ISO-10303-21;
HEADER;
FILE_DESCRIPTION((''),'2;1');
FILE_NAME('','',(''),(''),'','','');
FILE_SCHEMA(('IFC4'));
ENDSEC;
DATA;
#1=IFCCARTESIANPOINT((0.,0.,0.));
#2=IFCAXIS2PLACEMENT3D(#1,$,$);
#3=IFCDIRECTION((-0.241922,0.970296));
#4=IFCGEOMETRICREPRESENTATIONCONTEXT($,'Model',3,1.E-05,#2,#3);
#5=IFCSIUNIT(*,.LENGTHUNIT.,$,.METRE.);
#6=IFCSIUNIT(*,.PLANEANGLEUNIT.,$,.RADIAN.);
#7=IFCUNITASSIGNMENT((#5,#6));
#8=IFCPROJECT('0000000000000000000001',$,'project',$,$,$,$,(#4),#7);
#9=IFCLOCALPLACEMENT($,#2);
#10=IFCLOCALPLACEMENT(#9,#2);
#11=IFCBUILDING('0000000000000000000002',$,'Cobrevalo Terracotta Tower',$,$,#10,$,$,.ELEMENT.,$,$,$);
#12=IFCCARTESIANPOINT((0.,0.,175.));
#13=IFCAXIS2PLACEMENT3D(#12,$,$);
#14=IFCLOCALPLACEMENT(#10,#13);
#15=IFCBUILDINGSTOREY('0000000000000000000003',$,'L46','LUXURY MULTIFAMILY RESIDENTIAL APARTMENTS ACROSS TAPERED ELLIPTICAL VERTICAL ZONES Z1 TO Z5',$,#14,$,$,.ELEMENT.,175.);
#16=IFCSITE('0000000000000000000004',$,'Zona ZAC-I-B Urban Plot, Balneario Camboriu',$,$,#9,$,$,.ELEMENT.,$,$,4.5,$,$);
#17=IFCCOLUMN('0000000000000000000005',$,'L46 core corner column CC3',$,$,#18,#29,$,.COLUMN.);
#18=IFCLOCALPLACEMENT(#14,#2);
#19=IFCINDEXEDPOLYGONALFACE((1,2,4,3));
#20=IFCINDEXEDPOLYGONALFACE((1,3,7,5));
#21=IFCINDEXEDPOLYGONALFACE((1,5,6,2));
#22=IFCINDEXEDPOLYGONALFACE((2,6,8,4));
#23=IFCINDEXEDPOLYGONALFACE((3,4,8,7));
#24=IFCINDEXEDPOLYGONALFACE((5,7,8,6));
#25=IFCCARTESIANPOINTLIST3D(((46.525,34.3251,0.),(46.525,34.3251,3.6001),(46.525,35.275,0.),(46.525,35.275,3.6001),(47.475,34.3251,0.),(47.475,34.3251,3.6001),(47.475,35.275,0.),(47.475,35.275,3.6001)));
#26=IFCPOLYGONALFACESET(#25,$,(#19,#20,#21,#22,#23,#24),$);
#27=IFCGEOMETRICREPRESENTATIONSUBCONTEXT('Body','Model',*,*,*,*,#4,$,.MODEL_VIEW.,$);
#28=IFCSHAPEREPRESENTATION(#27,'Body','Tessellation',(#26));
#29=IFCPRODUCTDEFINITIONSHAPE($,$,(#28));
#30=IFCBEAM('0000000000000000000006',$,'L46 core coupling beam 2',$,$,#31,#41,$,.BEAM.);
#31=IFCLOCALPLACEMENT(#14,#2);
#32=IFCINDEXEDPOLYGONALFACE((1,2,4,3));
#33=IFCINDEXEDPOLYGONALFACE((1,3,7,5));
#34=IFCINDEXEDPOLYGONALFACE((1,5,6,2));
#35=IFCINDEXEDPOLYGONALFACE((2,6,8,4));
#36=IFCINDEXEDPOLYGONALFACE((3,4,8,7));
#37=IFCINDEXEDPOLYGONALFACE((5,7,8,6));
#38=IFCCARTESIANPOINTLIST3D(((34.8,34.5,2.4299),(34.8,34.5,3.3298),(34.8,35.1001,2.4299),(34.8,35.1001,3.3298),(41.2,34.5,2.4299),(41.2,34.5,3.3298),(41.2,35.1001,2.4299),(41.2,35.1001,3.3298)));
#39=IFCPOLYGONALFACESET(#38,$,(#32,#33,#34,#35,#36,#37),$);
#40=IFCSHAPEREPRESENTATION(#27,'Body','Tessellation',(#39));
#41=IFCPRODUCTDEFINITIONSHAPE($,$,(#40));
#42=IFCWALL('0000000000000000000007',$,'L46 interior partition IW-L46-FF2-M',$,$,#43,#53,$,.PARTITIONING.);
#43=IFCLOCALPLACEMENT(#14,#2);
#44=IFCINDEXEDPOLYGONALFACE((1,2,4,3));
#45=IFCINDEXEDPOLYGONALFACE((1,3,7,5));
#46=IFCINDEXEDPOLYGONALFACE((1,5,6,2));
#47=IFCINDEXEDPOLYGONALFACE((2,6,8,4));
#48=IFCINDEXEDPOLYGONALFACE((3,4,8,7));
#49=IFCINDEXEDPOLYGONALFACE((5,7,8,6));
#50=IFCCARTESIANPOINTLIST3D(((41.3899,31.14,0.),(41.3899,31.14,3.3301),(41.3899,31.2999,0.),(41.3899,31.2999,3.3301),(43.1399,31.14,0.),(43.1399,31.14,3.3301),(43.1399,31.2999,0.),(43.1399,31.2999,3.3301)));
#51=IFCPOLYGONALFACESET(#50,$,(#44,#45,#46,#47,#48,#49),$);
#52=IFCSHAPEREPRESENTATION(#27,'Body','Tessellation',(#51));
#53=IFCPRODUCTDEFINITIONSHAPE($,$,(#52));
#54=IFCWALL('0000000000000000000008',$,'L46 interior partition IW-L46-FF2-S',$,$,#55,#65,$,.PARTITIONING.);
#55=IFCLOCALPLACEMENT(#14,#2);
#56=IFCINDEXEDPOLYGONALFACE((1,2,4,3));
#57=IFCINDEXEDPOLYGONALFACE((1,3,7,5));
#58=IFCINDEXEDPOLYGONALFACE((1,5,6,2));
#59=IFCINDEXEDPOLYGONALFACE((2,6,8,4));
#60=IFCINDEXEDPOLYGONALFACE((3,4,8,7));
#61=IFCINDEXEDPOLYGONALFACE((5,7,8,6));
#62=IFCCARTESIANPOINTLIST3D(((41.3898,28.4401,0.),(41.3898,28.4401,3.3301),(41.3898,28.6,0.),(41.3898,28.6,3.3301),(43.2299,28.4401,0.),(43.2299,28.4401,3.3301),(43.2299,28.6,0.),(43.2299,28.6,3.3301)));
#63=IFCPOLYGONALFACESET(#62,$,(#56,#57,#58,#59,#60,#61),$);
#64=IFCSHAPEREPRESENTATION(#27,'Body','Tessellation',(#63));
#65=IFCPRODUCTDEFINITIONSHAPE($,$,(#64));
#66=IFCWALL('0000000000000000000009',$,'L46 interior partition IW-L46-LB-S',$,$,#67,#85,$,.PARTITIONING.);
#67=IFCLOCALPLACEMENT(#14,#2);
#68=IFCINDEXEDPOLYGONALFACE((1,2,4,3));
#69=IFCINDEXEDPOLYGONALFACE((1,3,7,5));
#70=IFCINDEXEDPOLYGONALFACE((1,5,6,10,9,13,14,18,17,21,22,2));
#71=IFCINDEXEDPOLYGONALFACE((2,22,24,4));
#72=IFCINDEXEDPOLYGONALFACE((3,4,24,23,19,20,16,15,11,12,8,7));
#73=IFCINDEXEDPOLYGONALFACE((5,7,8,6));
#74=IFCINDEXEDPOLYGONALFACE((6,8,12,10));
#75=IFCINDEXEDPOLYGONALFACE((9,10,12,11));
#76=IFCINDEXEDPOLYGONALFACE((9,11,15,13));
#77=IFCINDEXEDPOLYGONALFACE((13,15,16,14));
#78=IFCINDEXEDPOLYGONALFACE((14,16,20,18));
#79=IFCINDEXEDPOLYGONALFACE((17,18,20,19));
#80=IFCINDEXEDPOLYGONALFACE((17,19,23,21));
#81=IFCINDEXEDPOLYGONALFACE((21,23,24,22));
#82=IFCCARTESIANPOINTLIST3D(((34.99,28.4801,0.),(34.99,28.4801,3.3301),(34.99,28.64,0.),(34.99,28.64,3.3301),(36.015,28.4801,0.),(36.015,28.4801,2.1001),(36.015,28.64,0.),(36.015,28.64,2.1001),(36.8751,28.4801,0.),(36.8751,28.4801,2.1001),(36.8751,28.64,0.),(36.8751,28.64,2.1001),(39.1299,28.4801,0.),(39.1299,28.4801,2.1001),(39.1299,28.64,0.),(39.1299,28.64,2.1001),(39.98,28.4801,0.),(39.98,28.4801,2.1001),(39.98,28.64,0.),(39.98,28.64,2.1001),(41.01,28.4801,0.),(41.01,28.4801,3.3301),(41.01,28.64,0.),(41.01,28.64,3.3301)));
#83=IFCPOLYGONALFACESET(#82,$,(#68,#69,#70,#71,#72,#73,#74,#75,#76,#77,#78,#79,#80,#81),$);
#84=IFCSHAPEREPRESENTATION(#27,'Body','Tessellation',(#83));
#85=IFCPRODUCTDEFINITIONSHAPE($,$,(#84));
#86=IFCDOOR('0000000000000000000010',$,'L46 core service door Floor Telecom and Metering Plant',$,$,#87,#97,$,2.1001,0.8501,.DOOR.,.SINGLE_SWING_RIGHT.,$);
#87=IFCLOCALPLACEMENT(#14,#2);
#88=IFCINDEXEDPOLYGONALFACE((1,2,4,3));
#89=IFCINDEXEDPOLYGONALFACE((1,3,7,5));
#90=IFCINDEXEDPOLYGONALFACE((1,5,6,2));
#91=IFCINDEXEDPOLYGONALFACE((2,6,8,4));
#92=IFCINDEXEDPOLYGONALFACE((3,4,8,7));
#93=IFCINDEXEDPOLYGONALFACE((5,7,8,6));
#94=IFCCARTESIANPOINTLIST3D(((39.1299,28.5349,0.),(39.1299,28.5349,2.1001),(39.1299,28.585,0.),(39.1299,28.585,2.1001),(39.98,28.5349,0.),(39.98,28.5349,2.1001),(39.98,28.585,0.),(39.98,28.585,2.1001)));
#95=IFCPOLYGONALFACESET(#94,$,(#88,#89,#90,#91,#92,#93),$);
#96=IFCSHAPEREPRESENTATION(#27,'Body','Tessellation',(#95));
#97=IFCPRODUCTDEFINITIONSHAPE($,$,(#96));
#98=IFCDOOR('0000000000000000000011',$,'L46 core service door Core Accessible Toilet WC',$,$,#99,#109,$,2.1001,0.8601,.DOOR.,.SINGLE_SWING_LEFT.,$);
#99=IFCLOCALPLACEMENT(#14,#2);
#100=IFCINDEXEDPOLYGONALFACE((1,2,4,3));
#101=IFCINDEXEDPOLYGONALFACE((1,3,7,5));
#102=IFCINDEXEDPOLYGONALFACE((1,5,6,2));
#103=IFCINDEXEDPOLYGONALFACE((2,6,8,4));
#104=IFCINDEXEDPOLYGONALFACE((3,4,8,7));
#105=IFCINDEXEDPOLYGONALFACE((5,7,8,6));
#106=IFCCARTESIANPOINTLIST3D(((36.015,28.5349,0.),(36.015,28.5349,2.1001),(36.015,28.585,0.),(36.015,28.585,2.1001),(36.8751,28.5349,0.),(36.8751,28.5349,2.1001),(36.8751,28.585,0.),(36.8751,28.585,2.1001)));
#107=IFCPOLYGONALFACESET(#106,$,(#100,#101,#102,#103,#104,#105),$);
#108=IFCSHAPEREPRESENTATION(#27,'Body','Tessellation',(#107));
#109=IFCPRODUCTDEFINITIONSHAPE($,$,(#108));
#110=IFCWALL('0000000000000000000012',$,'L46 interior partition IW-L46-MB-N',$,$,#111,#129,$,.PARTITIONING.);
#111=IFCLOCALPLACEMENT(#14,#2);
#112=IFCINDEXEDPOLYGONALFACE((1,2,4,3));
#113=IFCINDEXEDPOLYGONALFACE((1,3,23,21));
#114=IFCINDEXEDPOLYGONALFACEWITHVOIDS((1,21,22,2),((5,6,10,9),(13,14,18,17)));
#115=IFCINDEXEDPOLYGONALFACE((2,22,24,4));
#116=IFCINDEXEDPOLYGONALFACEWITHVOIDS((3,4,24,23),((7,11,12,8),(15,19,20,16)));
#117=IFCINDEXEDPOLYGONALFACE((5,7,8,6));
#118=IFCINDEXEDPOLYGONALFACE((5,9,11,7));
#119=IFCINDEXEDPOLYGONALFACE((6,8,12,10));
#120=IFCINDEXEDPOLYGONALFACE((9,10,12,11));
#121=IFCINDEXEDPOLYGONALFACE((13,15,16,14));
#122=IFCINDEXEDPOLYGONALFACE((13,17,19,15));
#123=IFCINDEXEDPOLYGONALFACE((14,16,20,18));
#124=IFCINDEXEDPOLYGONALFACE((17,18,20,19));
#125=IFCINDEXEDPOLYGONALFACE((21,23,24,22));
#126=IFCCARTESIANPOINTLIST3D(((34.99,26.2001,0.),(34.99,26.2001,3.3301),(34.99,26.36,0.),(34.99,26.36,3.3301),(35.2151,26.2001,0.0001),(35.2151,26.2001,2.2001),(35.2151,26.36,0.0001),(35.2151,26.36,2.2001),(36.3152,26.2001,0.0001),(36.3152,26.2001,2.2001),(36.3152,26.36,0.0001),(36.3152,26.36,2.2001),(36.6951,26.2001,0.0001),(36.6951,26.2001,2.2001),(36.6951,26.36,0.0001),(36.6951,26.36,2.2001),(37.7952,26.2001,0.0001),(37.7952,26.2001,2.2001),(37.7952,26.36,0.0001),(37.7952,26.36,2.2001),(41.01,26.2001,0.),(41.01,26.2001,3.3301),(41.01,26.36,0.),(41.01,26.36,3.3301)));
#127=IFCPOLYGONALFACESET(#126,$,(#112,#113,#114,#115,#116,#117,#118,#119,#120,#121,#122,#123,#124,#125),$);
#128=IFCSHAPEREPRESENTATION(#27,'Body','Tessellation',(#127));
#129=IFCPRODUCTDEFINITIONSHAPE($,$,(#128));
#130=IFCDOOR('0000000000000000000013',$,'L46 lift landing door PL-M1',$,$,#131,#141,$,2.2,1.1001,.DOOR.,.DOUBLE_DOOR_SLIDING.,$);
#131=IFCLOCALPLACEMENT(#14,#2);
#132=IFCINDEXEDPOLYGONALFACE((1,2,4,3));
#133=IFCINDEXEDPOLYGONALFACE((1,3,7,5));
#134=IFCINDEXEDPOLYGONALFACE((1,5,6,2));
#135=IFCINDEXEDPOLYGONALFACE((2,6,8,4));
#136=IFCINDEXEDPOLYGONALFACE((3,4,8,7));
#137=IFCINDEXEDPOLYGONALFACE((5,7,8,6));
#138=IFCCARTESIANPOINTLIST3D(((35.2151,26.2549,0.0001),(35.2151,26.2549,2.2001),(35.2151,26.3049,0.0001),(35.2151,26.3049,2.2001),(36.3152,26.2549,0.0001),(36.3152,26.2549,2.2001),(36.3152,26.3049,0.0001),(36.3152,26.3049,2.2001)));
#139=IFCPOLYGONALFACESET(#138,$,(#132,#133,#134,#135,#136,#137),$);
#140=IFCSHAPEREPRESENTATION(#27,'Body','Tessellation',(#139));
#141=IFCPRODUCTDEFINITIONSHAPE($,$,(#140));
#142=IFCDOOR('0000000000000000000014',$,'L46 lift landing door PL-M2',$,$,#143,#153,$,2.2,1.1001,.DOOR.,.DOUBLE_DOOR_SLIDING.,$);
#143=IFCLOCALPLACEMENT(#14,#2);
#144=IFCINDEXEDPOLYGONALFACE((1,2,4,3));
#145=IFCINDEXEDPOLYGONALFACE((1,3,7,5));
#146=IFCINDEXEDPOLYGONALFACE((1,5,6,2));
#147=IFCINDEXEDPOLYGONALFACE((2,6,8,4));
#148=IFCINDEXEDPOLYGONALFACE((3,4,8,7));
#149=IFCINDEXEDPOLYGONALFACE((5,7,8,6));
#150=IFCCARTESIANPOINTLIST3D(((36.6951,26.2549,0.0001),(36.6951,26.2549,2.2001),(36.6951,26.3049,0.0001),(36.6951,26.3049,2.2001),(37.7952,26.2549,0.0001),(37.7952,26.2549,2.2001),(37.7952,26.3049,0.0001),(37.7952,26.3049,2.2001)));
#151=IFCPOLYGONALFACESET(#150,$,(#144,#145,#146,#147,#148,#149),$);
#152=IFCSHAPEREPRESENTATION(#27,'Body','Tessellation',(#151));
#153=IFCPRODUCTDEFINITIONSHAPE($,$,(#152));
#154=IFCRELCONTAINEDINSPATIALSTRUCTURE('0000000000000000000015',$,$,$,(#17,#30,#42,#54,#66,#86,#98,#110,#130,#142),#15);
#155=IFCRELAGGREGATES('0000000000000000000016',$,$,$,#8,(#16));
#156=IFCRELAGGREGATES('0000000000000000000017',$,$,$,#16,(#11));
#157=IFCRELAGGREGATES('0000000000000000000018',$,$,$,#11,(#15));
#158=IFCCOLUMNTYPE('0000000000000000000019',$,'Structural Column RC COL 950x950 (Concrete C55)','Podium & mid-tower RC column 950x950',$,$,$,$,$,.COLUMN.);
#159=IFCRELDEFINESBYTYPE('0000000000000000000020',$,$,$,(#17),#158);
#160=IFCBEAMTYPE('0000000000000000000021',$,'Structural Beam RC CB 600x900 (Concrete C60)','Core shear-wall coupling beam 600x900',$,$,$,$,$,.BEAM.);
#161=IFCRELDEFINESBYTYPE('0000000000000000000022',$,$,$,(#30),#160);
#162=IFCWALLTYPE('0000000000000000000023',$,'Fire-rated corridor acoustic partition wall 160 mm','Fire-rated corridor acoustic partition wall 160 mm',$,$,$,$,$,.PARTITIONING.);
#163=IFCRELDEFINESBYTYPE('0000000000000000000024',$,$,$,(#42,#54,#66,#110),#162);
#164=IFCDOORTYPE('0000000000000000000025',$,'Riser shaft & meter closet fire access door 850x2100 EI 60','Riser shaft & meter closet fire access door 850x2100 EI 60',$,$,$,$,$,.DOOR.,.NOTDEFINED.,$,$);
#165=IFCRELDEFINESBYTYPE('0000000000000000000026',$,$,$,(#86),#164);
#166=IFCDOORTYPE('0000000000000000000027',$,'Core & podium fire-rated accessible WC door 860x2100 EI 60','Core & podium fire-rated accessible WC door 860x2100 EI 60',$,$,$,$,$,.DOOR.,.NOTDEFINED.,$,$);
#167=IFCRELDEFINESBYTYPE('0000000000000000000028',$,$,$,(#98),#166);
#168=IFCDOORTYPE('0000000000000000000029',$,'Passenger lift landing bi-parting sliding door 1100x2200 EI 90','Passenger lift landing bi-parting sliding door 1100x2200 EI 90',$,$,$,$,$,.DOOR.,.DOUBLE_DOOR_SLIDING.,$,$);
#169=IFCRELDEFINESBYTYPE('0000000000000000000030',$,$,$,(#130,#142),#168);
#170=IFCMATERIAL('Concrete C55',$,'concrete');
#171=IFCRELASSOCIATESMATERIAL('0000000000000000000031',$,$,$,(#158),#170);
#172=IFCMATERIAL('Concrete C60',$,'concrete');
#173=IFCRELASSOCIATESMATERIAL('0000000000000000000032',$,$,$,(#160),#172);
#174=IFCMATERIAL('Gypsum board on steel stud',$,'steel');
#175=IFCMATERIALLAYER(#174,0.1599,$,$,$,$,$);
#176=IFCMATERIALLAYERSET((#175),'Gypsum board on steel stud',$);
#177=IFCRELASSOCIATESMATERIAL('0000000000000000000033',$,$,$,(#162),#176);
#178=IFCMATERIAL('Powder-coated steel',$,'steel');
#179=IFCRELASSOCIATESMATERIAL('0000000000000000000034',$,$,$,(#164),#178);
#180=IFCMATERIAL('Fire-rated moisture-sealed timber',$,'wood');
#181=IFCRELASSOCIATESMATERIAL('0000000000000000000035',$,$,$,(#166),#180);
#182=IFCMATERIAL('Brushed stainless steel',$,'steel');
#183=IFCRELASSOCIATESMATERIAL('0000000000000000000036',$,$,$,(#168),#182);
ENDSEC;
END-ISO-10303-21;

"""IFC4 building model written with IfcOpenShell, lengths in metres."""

from ifc_helpers import new_model, si_unit, direction, frame, frame_2d, origin, origin_2d, place, context, subcontext, project, spatial, rectangle, extrude, source, transform, mapped, material, layer, layer_set, material_profile, profile_set, type_object, element, fill, save


model = new_model("IFC4")

# Units and contexts
model_context = context("Model", 3, precision=1e-05, world=origin(), true_north=direction((-0.241922, 0.970296)))
body_context = subcontext(model_context, "Body", "Model", "MODEL_VIEW")
ifc_project = project(units=[si_unit("LENGTHUNIT", "METRE"), si_unit("PLANEANGLEUNIT", "RADIAN")], contexts=[model_context])

# Site, building, storey
site_placement = place(None, origin())
site = spatial("IfcSite", under=ifc_project, at=site_placement, Name="Zona ZAC-I-B Urban Plot, Balneario Camboriu", CompositionType="ELEMENT", RefElevation=4.5)
building_placement = place(site_placement, origin())
building = spatial("IfcBuilding", under=site, at=building_placement, Name="Cobrevalo Terracotta Tower", CompositionType="ELEMENT")
storey_placement = place(building_placement, frame((0.0, 0.0, 175.0)))
storey = spatial("IfcBuildingStorey", under=building, at=storey_placement, Name="L46", Description="LUXURY MULTIFAMILY RESIDENTIAL APARTMENTS ACROSS TAPERED ELLIPTICAL VERTICAL ZONES Z1 TO Z5", CompositionType="ELEMENT", Elevation=175.0)

# Column
ifc_material_1 = material(Name="Concrete C55", Category="concrete")
ifc_material_profile_1 = material_profile(ifc_material_1, rectangle(XDim=0.95, YDim=0.95, at=origin_2d()), Name="RC COL 950x950")
ifc_profile_set_1 = profile_set([ifc_material_profile_1], Name="Concrete C55")
column_type = type_object("IfcColumnType", Name="Structural Column RC COL 950x950 (Concrete C55)", Description="Podium & mid-tower RC column 950x950", PredefinedType="COLUMN", material=ifc_profile_set_1)
column_placement = place(storey_placement, frame((47.0, 34.8, 0.0), z_axis=(0.0, 0.0, 1.0), x_axis=(1.0, 0.0, 0.0)))
element("IfcColumn", 1, at=column_placement, inside=storey, type_object=column_type, Name="L46 core corner column CC3", PredefinedType="COLUMN", context=body_context, shape_type="SweptSolid", body=[
    extrude(rectangle(XDim=0.95, YDim=0.95, at=origin_2d()), origin(), (0.0, 0.0, 1.0), 3.6001),
])

# Beam
ifc_material_2 = material(Name="Concrete C60", Category="concrete")
ifc_material_profile_2 = material_profile(ifc_material_2, rectangle(XDim=0.6001, YDim=0.8999, at=origin_2d()), Name="RC CB 600x900")
ifc_profile_set_2 = profile_set([ifc_material_profile_2], Name="Concrete C60")
beam_type = type_object("IfcBeamType", Name="Structural Beam RC CB 600x900 (Concrete C60)", Description="Core shear-wall coupling beam 600x900", PredefinedType="BEAM", material=ifc_profile_set_2)
beam_placement = place(storey_placement, frame((34.8, 34.8, 2.8799), z_axis=(1.0, 0.0, 0.0), x_axis=(0.0, 1.0, 0.0)))
element("IfcBeam", 2, at=beam_placement, inside=storey, type_object=beam_type, Name="L46 core coupling beam 2", PredefinedType="BEAM", context=body_context, shape_type="SweptSolid", body=[
    extrude(rectangle(XDim=0.6001, YDim=0.8999, at=origin_2d()), origin(), (0.0, 0.0, 1.0), 6.3999),
])

# Walls
ifc_material_3 = material(Name="Gypsum board on steel stud", Category="steel")
ifc_layer_1 = layer(ifc_material_3, 0.1599)
ifc_layer_set_1 = layer_set([ifc_layer_1], Name="Gypsum board on steel stud")
wall_type_1 = type_object("IfcWallType", Name="Fire-rated corridor acoustic partition wall 160 mm", Description="Fire-rated corridor acoustic partition wall 160 mm", PredefinedType="PARTITIONING", material=ifc_layer_set_1)
wall_1_placement = place(storey_placement, frame((41.3899, 31.22, 0.0), z_axis=(0.0, 0.0, 1.0), x_axis=(1.0, 0.0, 0.0)))
element("IfcWall", 3, at=wall_1_placement, inside=storey, type_object=wall_type_1, Name="L46 interior partition IW-L46-FF2-M", PredefinedType="PARTITIONING", context=body_context, shape_type="SweptSolid", body=[
    extrude(rectangle(XDim=1.75, YDim=0.1599, at=frame_2d((0.875, 0.0))), origin(), (0.0, 0.0, 1.0), 3.3301),
])
wall_2_placement = place(storey_placement, frame((41.3899, 28.52, 0.0), z_axis=(0.0, 0.0, 1.0), x_axis=(1.0, 0.0, 0.0)))
element("IfcWall", 4, at=wall_2_placement, inside=storey, type_object=wall_type_1, Name="L46 interior partition IW-L46-FF2-S", PredefinedType="PARTITIONING", context=body_context, shape_type="SweptSolid", body=[
    extrude(rectangle(XDim=1.8401, YDim=0.1599, at=frame_2d((0.9199, 0.0))), origin(), (0.0, 0.0, 1.0), 3.3301),
])

# Walls, openings, doors
wall_3_placement = place(storey_placement, frame((34.99, 28.5601, 0.0), z_axis=(0.0, 0.0, 1.0), x_axis=(1.0, 0.0, 0.0)))
wall_3 = element("IfcWall", 5, at=wall_3_placement, inside=storey, type_object=wall_type_1, Name="L46 interior partition IW-L46-LB-S", PredefinedType="PARTITIONING", context=body_context, shape_type="SweptSolid", body=[
    extrude(rectangle(XDim=6.02, YDim=0.1599, at=frame_2d((3.01, 0.0))), origin(), (0.0, 0.0, 1.0), 3.3301),
])
opening_1_placement = place(wall_3_placement, frame((1.0249, 0.0, 0.0)))
opening_1 = element("IfcOpeningElement", 6, at=opening_1_placement, cuts=wall_3, PredefinedType="OPENING", context=body_context, shape_type="SweptSolid", body=[
    extrude(rectangle(XDim=0.8601, YDim=2.1001, at=frame_2d((0.4302, 1.05))), frame((0.0, 0.0898, 0.0), z_axis=(0.0, -1.0, 0.0), x_axis=(1.0, 0.0, 0.0)), (0.0, 0.0, 1.0), 0.1799),
])
opening_2_placement = place(wall_3_placement, frame((4.1399, 0.0, 0.0)))
opening_2 = element("IfcOpeningElement", 7, at=opening_2_placement, cuts=wall_3, PredefinedType="OPENING", context=body_context, shape_type="SweptSolid", body=[
    extrude(rectangle(XDim=0.8501, YDim=2.1001, at=frame_2d((0.425, 1.05))), frame((0.0, 0.0898, 0.0), z_axis=(0.0, -1.0, 0.0), x_axis=(1.0, 0.0, 0.0)), (0.0, 0.0, 1.0), 0.1799),
])
ifc_material_4 = material(Name="Powder-coated steel", Category="steel")
door_type_1 = type_object("IfcDoorType", Name="Riser shaft & meter closet fire access door 850x2100 EI 60", Description="Riser shaft & meter closet fire access door 850x2100 EI 60", OperationType="NOTDEFINED", PredefinedType="DOOR", material=ifc_material_4)
shared_shape_1 = source(origin(), body_context, "Body", "SweptSolid", [
    extrude(rectangle(XDim=0.8501, YDim=2.1001, at=frame_2d((0.425, 1.05))), frame((0.0, 0.0249, 0.0), z_axis=(0.0, -1.0, 0.0), x_axis=(1.0, 0.0, 0.0)), (0.0, 0.0, 1.0), 0.05),
])
door_1_placement = place(opening_2_placement, origin())
door_1 = element("IfcDoor", 8, at=door_1_placement, inside=storey, type_object=door_type_1, Name="L46 core service door Floor Telecom and Metering Plant", OperationType="SINGLE_SWING_RIGHT", OverallHeight=2.1001, OverallWidth=0.8501, PredefinedType="DOOR", context=body_context, shape_type="MappedRepresentation", body=[
    mapped(shared_shape_1, transform((0.0, 0.0, 0.0), scale=1.0)),
])
fill(opening_2, door_1)
ifc_material_5 = material(Name="Fire-rated moisture-sealed timber", Category="wood")
door_type_2 = type_object("IfcDoorType", Name="Core & podium fire-rated accessible WC door 860x2100 EI 60", Description="Core & podium fire-rated accessible WC door 860x2100 EI 60", OperationType="NOTDEFINED", PredefinedType="DOOR", material=ifc_material_5)
shared_shape_2 = source(origin(), body_context, "Body", "SweptSolid", [
    extrude(rectangle(XDim=0.8601, YDim=2.1001, at=frame_2d((0.4302, 1.05))), frame((0.0, 0.0249, 0.0), z_axis=(0.0, -1.0, 0.0), x_axis=(1.0, 0.0, 0.0)), (0.0, 0.0, 1.0), 0.05),
])
door_2_placement = place(opening_1_placement, origin())
door_2 = element("IfcDoor", 9, at=door_2_placement, inside=storey, type_object=door_type_2, Name="L46 core service door Core Accessible Toilet WC", OperationType="SINGLE_SWING_LEFT", OverallHeight=2.1001, OverallWidth=0.8601, PredefinedType="DOOR", context=body_context, shape_type="MappedRepresentation", body=[
    mapped(shared_shape_2, transform((0.0, 0.0, 0.0), scale=1.0)),
])
fill(opening_1, door_2)
wall_4_placement = place(storey_placement, frame((34.99, 26.28, 0.0), z_axis=(0.0, 0.0, 1.0), x_axis=(1.0, 0.0, 0.0)))
wall_4 = element("IfcWall", 10, at=wall_4_placement, inside=storey, type_object=wall_type_1, Name="L46 interior partition IW-L46-MB-N", PredefinedType="PARTITIONING", context=body_context, shape_type="SweptSolid", body=[
    extrude(rectangle(XDim=6.02, YDim=0.1599, at=frame_2d((3.01, 0.0))), origin(), (0.0, 0.0, 1.0), 3.3301),
])
opening_3_placement = place(wall_4_placement, frame((0.2251, 0.0, 0.0)))
opening_3 = element("IfcOpeningElement", 11, at=opening_3_placement, cuts=wall_4, PredefinedType="OPENING", context=body_context, shape_type="SweptSolid", body=[
    extrude(rectangle(XDim=1.1001, YDim=2.2, at=frame_2d((0.55, 1.1001))), frame((0.0, 0.0898, 0.0), z_axis=(0.0, -1.0, 0.0), x_axis=(1.0, 0.0, 0.0)), (0.0, 0.0, 1.0), 0.1799),
])
opening_4_placement = place(wall_4_placement, frame((1.7051, 0.0, 0.0)))
opening_4 = element("IfcOpeningElement", 12, at=opening_4_placement, cuts=wall_4, PredefinedType="OPENING", context=body_context, shape_type="SweptSolid", body=[
    extrude(rectangle(XDim=1.1001, YDim=2.2, at=frame_2d((0.55, 1.1001))), frame((0.0, 0.0898, 0.0), z_axis=(0.0, -1.0, 0.0), x_axis=(1.0, 0.0, 0.0)), (0.0, 0.0, 1.0), 0.1799),
])
ifc_material_6 = material(Name="Brushed stainless steel", Category="steel")
door_type_3 = type_object("IfcDoorType", Name="Passenger lift landing bi-parting sliding door 1100x2200 EI 90", Description="Passenger lift landing bi-parting sliding door 1100x2200 EI 90", OperationType="DOUBLE_DOOR_SLIDING", PredefinedType="DOOR", material=ifc_material_6)
shared_shape_3 = source(origin(), body_context, "Body", "SweptSolid", [
    extrude(rectangle(XDim=1.1001, YDim=2.2, at=frame_2d((0.55, 1.1001))), frame((0.0, 0.0249, 0.0), z_axis=(0.0, -1.0, 0.0), x_axis=(1.0, 0.0, 0.0)), (0.0, 0.0, 1.0), 0.05),
])
door_3_placement = place(opening_3_placement, origin())
door_3 = element("IfcDoor", 13, at=door_3_placement, inside=storey, type_object=door_type_3, Name="L46 lift landing door PL-M1", OperationType="DOUBLE_DOOR_SLIDING", OverallHeight=2.2, OverallWidth=1.1001, PredefinedType="DOOR", context=body_context, shape_type="MappedRepresentation", body=[
    mapped(shared_shape_3, transform((0.0, 0.0, 0.0), scale=1.0)),
])
fill(opening_3, door_3)
door_4_placement = place(opening_4_placement, origin())
door_4 = element("IfcDoor", 14, at=door_4_placement, inside=storey, type_object=door_type_3, Name="L46 lift landing door PL-M2", OperationType="DOUBLE_DOOR_SLIDING", OverallHeight=2.2, OverallWidth=1.1001, PredefinedType="DOOR", context=body_context, shape_type="MappedRepresentation", body=[
    mapped(shared_shape_3, transform((0.0, 0.0, 0.0), scale=1.0)),
])
fill(opening_4, door_4)

save(model, "model.ifc")
